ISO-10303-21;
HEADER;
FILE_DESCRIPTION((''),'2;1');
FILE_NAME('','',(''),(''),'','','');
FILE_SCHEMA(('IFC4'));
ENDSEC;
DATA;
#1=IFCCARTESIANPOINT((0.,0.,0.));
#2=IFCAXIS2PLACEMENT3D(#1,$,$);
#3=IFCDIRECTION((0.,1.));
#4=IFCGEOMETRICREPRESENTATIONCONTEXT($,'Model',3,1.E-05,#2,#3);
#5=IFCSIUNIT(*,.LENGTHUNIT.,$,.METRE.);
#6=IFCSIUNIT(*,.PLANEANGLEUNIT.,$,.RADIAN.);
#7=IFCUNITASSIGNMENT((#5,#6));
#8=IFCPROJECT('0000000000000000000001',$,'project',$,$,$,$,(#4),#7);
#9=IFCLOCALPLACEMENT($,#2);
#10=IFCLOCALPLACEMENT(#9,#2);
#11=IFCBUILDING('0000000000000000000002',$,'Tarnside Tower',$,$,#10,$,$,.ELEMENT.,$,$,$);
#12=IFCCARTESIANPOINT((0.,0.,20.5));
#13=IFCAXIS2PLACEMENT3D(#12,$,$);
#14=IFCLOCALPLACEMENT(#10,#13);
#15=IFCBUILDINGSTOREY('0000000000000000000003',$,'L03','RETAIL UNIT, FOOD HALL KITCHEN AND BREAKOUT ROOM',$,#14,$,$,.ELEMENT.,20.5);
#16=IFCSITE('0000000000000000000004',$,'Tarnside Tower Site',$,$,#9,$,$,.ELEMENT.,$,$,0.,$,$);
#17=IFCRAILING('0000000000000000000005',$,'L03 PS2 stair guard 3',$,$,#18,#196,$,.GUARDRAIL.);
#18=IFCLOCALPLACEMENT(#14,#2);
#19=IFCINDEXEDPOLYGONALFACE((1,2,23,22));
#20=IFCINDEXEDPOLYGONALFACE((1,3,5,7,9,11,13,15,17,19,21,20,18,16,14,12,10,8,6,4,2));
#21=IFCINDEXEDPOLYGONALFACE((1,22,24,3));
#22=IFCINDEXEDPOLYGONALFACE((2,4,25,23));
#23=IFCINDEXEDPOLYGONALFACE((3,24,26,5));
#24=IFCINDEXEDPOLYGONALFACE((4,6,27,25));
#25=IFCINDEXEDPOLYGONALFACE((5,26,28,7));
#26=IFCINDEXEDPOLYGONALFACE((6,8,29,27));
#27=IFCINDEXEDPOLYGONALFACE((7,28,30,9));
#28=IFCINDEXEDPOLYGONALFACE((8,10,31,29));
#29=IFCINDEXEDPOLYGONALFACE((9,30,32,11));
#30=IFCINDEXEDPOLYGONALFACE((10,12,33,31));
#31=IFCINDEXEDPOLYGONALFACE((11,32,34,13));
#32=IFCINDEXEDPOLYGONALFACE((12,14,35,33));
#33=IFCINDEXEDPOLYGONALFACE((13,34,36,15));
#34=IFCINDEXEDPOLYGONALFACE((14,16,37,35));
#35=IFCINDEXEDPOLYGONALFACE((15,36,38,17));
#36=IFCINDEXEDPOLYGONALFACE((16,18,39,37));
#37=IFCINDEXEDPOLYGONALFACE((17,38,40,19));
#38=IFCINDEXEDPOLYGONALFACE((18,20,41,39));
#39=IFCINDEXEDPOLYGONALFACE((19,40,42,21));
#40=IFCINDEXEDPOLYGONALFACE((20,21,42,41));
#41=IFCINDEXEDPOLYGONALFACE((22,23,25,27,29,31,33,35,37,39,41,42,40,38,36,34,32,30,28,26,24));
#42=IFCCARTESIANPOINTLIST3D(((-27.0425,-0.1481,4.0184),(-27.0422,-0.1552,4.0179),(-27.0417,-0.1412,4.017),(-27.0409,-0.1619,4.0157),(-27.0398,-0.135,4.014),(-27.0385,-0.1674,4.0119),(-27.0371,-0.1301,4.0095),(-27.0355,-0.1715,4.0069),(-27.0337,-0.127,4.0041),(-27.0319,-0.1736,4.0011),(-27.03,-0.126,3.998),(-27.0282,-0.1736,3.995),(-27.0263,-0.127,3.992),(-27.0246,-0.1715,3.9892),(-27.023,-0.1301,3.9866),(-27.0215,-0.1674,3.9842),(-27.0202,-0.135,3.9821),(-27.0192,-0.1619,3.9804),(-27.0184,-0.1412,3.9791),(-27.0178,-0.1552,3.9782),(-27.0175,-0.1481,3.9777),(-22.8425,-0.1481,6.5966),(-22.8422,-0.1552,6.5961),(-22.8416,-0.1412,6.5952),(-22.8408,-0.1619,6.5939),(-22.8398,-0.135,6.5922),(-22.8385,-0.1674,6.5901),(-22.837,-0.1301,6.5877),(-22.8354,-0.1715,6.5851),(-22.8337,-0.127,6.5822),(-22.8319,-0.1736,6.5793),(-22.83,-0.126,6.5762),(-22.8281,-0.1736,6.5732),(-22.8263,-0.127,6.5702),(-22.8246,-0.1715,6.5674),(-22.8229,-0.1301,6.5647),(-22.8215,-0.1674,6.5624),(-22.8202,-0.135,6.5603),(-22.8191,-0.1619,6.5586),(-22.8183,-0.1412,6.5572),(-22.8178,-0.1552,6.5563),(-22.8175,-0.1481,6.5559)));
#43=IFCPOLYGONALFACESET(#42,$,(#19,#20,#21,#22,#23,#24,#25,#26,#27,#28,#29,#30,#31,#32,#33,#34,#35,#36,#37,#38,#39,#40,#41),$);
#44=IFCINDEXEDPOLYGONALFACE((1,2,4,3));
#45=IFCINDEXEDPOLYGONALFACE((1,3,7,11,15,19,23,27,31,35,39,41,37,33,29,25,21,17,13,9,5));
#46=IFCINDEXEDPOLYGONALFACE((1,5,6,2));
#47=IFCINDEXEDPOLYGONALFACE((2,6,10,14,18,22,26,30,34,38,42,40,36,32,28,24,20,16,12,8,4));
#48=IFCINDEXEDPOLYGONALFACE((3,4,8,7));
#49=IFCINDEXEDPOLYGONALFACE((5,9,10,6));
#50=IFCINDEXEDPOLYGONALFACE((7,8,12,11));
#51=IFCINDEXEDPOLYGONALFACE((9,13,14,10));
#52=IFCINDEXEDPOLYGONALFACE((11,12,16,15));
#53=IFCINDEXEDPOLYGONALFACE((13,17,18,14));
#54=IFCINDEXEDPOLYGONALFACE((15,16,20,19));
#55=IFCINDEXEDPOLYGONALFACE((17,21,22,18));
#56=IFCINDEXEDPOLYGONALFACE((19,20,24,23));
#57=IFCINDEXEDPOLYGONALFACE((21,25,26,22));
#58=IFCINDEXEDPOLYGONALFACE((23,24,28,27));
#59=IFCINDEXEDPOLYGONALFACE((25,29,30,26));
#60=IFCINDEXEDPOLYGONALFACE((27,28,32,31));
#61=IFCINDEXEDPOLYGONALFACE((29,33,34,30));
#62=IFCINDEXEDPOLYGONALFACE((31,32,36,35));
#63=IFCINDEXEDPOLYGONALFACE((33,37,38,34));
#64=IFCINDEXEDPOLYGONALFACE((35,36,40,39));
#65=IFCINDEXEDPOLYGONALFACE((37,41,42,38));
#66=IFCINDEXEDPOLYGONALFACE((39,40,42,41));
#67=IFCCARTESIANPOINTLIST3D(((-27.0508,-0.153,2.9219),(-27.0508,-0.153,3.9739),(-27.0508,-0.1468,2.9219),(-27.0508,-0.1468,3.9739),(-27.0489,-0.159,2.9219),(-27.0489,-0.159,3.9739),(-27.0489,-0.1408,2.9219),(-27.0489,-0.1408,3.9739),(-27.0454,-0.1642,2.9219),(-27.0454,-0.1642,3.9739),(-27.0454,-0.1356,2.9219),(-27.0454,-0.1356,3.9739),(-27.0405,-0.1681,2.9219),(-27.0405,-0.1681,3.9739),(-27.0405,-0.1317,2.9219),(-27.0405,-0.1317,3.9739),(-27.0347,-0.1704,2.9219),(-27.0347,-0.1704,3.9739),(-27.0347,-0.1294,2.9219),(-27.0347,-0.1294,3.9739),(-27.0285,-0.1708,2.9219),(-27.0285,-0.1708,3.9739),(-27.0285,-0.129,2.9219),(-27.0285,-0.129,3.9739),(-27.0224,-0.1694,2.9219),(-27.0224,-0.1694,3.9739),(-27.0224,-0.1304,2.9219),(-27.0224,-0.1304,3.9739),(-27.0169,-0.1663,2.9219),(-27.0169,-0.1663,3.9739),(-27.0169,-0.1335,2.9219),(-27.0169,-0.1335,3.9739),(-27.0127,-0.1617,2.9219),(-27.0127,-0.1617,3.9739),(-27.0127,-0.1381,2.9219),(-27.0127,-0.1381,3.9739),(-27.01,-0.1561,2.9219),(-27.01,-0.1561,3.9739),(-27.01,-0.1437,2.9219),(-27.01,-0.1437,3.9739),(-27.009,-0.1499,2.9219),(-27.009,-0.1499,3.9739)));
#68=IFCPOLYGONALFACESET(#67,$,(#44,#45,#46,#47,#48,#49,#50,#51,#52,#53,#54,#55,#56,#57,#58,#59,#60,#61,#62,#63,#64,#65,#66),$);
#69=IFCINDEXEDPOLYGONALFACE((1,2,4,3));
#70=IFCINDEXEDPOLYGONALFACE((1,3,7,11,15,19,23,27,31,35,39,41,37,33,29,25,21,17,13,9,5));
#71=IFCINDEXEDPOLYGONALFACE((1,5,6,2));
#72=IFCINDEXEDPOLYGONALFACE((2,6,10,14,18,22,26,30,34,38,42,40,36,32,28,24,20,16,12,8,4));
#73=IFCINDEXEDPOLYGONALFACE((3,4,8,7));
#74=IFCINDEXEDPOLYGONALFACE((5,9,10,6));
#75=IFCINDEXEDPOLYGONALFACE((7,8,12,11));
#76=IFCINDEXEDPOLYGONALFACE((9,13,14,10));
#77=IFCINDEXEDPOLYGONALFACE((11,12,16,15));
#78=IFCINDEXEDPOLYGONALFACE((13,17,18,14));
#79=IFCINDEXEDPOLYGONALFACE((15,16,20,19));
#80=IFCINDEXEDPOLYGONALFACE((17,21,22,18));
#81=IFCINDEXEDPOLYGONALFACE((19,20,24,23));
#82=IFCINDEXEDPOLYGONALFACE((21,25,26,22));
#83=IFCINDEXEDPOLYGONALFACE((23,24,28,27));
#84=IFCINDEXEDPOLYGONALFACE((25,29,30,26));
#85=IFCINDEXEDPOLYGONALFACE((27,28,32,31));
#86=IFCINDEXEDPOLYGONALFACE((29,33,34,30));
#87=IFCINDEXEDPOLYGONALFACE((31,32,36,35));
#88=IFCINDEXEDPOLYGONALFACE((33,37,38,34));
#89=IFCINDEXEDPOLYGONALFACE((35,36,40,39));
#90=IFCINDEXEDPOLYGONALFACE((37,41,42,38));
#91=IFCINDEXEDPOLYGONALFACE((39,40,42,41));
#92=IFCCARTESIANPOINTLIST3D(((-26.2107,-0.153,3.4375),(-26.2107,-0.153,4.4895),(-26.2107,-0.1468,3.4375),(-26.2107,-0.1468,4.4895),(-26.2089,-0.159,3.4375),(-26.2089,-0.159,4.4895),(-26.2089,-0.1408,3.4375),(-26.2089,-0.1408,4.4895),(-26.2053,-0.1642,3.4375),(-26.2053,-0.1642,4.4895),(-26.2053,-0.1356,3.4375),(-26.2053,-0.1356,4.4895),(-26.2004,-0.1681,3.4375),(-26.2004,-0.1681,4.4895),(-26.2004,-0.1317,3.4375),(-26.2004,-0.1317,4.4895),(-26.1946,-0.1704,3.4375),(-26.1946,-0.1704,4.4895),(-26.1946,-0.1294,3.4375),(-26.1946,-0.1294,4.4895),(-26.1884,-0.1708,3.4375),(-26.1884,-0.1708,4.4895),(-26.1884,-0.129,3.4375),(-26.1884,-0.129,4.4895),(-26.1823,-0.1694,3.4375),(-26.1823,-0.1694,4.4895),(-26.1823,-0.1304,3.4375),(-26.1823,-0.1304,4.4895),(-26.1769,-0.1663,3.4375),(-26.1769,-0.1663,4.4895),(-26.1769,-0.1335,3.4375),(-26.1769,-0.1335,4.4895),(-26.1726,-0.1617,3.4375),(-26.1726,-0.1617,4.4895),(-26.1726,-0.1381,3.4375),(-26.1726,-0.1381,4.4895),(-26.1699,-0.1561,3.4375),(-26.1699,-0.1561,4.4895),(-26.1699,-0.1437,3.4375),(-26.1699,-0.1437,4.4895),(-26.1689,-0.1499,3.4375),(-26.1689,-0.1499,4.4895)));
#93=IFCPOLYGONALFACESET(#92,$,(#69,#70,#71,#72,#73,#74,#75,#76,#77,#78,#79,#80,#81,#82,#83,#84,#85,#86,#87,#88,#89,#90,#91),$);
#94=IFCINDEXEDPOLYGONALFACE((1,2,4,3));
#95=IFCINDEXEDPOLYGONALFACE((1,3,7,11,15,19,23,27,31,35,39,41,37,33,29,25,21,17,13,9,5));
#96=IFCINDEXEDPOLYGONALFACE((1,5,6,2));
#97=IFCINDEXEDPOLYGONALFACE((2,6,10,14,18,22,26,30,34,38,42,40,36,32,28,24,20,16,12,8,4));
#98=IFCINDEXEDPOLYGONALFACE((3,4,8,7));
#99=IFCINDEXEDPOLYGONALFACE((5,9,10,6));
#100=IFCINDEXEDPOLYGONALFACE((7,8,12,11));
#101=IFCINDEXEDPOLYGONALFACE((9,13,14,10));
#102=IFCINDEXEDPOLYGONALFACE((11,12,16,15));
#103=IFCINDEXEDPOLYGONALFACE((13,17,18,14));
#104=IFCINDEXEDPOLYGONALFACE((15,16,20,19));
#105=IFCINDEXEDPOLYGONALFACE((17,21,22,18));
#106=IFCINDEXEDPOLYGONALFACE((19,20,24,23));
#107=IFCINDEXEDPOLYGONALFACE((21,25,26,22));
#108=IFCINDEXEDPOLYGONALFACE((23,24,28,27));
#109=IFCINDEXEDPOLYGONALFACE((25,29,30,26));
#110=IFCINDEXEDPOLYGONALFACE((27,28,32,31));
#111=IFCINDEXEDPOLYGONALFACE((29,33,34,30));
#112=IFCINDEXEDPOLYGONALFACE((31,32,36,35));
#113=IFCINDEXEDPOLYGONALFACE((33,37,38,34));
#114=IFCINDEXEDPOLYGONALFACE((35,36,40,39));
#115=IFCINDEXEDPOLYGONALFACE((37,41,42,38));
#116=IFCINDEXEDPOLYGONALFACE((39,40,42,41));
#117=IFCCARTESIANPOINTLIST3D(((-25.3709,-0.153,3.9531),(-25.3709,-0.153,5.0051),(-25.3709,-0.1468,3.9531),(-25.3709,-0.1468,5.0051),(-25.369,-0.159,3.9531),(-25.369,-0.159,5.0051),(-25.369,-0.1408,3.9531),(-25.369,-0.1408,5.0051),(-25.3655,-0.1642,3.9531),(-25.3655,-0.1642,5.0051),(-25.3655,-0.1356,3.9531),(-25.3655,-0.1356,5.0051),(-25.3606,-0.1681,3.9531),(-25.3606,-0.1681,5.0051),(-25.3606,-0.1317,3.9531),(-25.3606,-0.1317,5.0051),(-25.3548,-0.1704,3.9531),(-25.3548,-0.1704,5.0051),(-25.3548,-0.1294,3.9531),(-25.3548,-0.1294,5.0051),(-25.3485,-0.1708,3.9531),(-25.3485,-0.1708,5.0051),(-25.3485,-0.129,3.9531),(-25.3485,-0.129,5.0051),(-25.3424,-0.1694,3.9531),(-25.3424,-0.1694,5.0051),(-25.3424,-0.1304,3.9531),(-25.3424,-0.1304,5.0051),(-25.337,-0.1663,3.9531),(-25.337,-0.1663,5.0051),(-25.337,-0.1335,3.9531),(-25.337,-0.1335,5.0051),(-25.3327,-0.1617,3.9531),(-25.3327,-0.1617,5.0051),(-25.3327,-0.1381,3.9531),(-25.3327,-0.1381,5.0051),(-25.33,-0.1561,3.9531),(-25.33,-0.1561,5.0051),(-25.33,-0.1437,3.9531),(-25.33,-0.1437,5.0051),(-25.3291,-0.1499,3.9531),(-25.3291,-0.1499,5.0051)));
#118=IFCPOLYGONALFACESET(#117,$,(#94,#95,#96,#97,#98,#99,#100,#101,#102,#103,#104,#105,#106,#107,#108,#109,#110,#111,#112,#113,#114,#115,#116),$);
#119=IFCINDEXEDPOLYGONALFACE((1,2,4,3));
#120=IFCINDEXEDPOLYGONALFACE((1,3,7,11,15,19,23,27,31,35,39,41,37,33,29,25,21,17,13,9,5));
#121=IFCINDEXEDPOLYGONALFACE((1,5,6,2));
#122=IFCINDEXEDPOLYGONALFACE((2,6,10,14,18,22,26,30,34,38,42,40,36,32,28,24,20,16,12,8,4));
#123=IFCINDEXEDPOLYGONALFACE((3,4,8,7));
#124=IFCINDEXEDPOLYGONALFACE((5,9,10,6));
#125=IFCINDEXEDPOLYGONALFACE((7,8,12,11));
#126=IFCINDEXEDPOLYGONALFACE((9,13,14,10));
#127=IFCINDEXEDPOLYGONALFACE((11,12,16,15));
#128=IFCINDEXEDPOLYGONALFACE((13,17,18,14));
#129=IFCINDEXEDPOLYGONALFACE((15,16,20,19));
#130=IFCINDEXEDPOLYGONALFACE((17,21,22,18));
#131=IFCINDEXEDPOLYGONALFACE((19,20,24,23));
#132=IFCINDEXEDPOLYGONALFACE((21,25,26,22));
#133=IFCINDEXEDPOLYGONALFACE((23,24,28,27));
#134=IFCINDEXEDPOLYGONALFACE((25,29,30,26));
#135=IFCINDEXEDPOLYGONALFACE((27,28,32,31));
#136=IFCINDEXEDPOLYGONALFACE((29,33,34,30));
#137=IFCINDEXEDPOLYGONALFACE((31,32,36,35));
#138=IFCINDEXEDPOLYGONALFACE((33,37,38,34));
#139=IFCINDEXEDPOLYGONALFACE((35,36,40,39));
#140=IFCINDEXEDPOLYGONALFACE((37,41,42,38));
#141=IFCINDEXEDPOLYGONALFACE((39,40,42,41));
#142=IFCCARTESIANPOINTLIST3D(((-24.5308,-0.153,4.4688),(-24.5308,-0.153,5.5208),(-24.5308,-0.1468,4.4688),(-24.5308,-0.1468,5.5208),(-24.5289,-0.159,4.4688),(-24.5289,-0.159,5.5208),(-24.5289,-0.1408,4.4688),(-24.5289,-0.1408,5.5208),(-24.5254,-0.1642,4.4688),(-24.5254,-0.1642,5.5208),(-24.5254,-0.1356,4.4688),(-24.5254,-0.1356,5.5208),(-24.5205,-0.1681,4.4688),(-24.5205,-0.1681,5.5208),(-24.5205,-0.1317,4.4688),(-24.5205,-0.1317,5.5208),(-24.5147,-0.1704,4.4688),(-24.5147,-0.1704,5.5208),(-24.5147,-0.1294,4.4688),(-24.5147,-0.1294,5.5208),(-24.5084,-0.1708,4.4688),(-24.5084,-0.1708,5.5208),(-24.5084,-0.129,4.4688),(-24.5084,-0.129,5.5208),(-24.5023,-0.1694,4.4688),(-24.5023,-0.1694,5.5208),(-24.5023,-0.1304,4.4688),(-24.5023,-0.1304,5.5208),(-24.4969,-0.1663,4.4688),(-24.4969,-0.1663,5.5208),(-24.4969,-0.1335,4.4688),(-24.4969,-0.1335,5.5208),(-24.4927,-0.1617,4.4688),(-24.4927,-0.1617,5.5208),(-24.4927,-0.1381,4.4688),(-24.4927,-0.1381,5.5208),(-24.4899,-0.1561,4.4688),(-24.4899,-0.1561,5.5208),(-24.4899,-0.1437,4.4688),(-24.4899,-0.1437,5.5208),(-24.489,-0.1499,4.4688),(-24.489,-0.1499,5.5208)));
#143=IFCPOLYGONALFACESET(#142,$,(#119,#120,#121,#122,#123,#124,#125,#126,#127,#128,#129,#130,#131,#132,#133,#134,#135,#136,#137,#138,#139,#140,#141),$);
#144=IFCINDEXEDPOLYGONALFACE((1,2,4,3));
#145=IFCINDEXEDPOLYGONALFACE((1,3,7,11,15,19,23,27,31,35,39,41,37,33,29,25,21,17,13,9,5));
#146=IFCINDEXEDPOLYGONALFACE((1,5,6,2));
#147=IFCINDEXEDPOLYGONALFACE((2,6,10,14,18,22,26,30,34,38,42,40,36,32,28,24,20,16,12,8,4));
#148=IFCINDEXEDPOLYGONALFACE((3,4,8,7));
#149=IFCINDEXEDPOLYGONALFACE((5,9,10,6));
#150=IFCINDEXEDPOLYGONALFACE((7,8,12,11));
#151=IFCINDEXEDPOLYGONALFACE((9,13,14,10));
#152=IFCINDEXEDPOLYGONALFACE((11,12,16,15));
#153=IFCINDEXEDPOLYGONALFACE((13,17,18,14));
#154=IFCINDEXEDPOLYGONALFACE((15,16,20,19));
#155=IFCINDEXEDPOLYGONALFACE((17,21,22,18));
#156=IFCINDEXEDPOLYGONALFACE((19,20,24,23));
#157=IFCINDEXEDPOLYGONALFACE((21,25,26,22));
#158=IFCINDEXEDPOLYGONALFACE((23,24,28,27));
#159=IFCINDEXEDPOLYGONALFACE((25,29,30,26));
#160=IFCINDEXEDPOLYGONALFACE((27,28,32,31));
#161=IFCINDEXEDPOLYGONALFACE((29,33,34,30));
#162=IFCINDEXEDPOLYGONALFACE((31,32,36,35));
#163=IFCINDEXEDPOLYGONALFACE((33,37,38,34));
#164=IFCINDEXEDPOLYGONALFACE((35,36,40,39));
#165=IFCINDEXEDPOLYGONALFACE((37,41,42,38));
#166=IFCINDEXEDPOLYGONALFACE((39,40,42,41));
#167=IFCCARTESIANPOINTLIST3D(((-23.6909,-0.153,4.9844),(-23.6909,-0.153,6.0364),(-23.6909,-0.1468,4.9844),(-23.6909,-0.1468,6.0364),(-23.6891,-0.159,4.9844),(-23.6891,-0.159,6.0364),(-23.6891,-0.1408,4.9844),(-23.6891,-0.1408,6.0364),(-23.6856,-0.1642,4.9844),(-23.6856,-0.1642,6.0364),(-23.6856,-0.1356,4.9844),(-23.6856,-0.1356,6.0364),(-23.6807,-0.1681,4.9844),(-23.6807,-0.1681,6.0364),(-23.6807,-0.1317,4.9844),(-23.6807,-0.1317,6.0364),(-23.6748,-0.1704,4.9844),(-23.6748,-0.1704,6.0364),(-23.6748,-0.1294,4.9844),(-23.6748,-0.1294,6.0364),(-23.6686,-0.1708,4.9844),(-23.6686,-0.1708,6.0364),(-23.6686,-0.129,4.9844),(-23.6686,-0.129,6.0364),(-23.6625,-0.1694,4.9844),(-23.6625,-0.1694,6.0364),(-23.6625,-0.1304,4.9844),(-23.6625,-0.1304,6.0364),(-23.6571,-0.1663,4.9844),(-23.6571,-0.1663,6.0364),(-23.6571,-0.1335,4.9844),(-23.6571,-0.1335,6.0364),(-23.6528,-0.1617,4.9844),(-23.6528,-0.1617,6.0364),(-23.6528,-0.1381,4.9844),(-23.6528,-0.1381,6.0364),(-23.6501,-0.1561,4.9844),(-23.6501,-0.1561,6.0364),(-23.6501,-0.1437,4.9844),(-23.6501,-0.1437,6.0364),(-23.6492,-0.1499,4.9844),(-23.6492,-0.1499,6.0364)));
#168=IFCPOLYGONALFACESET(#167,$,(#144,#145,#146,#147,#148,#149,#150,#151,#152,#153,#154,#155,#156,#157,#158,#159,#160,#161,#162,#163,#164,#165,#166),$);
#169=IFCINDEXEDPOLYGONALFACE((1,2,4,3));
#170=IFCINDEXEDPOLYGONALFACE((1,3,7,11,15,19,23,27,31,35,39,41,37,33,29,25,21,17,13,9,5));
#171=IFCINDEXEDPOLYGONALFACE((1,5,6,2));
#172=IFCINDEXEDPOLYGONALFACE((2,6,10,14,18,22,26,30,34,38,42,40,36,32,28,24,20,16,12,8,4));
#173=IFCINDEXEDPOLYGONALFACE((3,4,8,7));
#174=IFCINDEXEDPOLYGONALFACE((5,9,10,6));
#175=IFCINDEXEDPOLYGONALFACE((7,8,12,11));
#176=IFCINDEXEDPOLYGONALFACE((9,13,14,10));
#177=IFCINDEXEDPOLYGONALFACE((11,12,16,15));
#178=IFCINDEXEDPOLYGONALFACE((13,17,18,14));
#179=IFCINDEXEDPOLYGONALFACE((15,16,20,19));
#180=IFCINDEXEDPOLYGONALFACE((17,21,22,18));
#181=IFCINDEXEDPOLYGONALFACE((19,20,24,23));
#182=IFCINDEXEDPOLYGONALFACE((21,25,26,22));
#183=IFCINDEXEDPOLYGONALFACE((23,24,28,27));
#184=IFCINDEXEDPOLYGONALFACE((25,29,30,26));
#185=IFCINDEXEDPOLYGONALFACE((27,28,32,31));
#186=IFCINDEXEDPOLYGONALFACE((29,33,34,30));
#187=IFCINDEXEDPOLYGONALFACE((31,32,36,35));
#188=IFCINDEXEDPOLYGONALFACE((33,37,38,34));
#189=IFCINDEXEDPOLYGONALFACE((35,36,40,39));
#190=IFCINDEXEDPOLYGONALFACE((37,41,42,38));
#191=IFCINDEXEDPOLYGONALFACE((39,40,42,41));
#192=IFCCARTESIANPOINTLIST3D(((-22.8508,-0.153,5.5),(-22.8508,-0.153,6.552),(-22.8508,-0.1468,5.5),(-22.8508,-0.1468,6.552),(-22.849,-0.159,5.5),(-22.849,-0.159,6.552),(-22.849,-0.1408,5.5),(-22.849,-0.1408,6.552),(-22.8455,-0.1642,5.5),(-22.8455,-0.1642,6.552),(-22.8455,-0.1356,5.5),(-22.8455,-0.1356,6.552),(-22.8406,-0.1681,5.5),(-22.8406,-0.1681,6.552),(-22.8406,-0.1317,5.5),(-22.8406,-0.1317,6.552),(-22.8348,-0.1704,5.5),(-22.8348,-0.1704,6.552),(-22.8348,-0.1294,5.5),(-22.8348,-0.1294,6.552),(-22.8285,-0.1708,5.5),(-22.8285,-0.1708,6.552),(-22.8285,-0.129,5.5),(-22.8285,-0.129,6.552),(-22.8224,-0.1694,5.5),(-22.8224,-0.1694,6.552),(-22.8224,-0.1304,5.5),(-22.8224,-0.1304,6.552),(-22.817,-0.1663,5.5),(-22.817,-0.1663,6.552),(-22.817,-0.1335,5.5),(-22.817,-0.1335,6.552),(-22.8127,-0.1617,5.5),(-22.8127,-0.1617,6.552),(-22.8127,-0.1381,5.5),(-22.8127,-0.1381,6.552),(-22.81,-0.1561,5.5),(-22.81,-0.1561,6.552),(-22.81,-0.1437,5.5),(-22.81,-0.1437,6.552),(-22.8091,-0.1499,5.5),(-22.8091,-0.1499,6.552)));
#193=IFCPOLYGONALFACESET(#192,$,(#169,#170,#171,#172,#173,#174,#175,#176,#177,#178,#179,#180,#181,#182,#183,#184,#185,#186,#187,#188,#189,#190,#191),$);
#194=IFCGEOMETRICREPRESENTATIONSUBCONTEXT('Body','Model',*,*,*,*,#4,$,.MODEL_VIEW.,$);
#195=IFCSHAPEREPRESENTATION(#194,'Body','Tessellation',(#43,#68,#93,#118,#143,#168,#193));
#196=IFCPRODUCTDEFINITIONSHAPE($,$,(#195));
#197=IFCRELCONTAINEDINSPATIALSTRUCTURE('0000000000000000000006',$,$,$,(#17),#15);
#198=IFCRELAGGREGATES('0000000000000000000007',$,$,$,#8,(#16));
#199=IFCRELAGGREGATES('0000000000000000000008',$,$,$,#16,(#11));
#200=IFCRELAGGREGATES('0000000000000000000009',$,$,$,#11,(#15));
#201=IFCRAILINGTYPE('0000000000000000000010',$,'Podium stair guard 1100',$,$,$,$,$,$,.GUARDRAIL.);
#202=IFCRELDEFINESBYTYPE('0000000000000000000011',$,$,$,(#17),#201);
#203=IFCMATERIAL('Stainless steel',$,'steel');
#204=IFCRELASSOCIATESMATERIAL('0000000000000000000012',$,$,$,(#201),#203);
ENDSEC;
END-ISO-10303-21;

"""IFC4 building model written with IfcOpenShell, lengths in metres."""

from ifc_helpers import new_model, si_unit, direction, frame, origin, origin_2d, place, context, subcontext, project, spatial, circle, extrude, material, type_object, element, save


model = new_model("IFC4")

# Units and contexts
model_context = context("Model", 3, precision=1e-05, world=origin(), true_north=direction((0.0, 1.0)))
body_context = subcontext(model_context, "Body", "Model", "MODEL_VIEW")
ifc_project = project(units=[si_unit("LENGTHUNIT", "METRE"), si_unit("PLANEANGLEUNIT", "RADIAN")], contexts=[model_context])

# Site, building, storey
site_placement = place(None, origin())
site = spatial("IfcSite", under=ifc_project, at=site_placement, Name="Tarnside Tower Site", CompositionType="ELEMENT", RefElevation=0.0)
building_placement = place(site_placement, origin())
building = spatial("IfcBuilding", under=site, at=building_placement, Name="Tarnside Tower", CompositionType="ELEMENT")
storey_placement = place(building_placement, frame((0.0, 0.0, 20.5)))
storey = spatial("IfcBuildingStorey", under=building, at=storey_placement, Name="L03", Description="RETAIL UNIT, FOOD HALL KITCHEN AND BREAKOUT ROOM", CompositionType="ELEMENT", Elevation=20.5)

# Railing
ifc_material_1 = material(Name="Stainless steel", Category="steel")
railing_type_1 = type_object("IfcRailingType", Name="Podium stair guard 1100", PredefinedType="GUARDRAIL", material=ifc_material_1)
railing_1_placement = place(storey_placement, frame((-27.03, -0.1499, 2.9219)))
element("IfcRailing", 1, at=railing_1_placement, inside=storey, type_object=railing_type_1, Name="L03 PS2 stair guard 3", PredefinedType="GUARDRAIL", context=body_context, shape_type="SweptSolid", body=[
    extrude(circle(Radius=0.0239, at=origin_2d()), frame((0.0, 0.0, 1.0762), z_axis=(0.852243, 0.0, 0.523146), x_axis=(0.0, 1.0, 0.0)), (0.0, 0.0, 1.0), 4.9282),
    extrude(circle(Radius=0.021, at=origin_2d()), origin(), (0.0, 0.0, 1.0), 1.052),
    extrude(circle(Radius=0.021, at=origin_2d()), frame((0.8401, 0.0, 0.5156)), (0.0, 0.0, 1.0), 1.052),
    extrude(circle(Radius=0.021, at=origin_2d()), frame((1.6799, 0.0, 1.0312)), (0.0, 0.0, 1.0), 1.052),
    extrude(circle(Radius=0.021, at=origin_2d()), frame((2.52, 0.0, 1.5469)), (0.0, 0.0, 1.0), 1.052),
    extrude(circle(Radius=0.021, at=origin_2d()), frame((3.3599, 0.0, 2.0625)), (0.0, 0.0, 1.0), 1.052),
    extrude(circle(Radius=0.021, at=origin_2d()), frame((4.2, 0.0, 2.5781)), (0.0, 0.0, 1.0), 1.052),
])

save(model, "model.ifc")
